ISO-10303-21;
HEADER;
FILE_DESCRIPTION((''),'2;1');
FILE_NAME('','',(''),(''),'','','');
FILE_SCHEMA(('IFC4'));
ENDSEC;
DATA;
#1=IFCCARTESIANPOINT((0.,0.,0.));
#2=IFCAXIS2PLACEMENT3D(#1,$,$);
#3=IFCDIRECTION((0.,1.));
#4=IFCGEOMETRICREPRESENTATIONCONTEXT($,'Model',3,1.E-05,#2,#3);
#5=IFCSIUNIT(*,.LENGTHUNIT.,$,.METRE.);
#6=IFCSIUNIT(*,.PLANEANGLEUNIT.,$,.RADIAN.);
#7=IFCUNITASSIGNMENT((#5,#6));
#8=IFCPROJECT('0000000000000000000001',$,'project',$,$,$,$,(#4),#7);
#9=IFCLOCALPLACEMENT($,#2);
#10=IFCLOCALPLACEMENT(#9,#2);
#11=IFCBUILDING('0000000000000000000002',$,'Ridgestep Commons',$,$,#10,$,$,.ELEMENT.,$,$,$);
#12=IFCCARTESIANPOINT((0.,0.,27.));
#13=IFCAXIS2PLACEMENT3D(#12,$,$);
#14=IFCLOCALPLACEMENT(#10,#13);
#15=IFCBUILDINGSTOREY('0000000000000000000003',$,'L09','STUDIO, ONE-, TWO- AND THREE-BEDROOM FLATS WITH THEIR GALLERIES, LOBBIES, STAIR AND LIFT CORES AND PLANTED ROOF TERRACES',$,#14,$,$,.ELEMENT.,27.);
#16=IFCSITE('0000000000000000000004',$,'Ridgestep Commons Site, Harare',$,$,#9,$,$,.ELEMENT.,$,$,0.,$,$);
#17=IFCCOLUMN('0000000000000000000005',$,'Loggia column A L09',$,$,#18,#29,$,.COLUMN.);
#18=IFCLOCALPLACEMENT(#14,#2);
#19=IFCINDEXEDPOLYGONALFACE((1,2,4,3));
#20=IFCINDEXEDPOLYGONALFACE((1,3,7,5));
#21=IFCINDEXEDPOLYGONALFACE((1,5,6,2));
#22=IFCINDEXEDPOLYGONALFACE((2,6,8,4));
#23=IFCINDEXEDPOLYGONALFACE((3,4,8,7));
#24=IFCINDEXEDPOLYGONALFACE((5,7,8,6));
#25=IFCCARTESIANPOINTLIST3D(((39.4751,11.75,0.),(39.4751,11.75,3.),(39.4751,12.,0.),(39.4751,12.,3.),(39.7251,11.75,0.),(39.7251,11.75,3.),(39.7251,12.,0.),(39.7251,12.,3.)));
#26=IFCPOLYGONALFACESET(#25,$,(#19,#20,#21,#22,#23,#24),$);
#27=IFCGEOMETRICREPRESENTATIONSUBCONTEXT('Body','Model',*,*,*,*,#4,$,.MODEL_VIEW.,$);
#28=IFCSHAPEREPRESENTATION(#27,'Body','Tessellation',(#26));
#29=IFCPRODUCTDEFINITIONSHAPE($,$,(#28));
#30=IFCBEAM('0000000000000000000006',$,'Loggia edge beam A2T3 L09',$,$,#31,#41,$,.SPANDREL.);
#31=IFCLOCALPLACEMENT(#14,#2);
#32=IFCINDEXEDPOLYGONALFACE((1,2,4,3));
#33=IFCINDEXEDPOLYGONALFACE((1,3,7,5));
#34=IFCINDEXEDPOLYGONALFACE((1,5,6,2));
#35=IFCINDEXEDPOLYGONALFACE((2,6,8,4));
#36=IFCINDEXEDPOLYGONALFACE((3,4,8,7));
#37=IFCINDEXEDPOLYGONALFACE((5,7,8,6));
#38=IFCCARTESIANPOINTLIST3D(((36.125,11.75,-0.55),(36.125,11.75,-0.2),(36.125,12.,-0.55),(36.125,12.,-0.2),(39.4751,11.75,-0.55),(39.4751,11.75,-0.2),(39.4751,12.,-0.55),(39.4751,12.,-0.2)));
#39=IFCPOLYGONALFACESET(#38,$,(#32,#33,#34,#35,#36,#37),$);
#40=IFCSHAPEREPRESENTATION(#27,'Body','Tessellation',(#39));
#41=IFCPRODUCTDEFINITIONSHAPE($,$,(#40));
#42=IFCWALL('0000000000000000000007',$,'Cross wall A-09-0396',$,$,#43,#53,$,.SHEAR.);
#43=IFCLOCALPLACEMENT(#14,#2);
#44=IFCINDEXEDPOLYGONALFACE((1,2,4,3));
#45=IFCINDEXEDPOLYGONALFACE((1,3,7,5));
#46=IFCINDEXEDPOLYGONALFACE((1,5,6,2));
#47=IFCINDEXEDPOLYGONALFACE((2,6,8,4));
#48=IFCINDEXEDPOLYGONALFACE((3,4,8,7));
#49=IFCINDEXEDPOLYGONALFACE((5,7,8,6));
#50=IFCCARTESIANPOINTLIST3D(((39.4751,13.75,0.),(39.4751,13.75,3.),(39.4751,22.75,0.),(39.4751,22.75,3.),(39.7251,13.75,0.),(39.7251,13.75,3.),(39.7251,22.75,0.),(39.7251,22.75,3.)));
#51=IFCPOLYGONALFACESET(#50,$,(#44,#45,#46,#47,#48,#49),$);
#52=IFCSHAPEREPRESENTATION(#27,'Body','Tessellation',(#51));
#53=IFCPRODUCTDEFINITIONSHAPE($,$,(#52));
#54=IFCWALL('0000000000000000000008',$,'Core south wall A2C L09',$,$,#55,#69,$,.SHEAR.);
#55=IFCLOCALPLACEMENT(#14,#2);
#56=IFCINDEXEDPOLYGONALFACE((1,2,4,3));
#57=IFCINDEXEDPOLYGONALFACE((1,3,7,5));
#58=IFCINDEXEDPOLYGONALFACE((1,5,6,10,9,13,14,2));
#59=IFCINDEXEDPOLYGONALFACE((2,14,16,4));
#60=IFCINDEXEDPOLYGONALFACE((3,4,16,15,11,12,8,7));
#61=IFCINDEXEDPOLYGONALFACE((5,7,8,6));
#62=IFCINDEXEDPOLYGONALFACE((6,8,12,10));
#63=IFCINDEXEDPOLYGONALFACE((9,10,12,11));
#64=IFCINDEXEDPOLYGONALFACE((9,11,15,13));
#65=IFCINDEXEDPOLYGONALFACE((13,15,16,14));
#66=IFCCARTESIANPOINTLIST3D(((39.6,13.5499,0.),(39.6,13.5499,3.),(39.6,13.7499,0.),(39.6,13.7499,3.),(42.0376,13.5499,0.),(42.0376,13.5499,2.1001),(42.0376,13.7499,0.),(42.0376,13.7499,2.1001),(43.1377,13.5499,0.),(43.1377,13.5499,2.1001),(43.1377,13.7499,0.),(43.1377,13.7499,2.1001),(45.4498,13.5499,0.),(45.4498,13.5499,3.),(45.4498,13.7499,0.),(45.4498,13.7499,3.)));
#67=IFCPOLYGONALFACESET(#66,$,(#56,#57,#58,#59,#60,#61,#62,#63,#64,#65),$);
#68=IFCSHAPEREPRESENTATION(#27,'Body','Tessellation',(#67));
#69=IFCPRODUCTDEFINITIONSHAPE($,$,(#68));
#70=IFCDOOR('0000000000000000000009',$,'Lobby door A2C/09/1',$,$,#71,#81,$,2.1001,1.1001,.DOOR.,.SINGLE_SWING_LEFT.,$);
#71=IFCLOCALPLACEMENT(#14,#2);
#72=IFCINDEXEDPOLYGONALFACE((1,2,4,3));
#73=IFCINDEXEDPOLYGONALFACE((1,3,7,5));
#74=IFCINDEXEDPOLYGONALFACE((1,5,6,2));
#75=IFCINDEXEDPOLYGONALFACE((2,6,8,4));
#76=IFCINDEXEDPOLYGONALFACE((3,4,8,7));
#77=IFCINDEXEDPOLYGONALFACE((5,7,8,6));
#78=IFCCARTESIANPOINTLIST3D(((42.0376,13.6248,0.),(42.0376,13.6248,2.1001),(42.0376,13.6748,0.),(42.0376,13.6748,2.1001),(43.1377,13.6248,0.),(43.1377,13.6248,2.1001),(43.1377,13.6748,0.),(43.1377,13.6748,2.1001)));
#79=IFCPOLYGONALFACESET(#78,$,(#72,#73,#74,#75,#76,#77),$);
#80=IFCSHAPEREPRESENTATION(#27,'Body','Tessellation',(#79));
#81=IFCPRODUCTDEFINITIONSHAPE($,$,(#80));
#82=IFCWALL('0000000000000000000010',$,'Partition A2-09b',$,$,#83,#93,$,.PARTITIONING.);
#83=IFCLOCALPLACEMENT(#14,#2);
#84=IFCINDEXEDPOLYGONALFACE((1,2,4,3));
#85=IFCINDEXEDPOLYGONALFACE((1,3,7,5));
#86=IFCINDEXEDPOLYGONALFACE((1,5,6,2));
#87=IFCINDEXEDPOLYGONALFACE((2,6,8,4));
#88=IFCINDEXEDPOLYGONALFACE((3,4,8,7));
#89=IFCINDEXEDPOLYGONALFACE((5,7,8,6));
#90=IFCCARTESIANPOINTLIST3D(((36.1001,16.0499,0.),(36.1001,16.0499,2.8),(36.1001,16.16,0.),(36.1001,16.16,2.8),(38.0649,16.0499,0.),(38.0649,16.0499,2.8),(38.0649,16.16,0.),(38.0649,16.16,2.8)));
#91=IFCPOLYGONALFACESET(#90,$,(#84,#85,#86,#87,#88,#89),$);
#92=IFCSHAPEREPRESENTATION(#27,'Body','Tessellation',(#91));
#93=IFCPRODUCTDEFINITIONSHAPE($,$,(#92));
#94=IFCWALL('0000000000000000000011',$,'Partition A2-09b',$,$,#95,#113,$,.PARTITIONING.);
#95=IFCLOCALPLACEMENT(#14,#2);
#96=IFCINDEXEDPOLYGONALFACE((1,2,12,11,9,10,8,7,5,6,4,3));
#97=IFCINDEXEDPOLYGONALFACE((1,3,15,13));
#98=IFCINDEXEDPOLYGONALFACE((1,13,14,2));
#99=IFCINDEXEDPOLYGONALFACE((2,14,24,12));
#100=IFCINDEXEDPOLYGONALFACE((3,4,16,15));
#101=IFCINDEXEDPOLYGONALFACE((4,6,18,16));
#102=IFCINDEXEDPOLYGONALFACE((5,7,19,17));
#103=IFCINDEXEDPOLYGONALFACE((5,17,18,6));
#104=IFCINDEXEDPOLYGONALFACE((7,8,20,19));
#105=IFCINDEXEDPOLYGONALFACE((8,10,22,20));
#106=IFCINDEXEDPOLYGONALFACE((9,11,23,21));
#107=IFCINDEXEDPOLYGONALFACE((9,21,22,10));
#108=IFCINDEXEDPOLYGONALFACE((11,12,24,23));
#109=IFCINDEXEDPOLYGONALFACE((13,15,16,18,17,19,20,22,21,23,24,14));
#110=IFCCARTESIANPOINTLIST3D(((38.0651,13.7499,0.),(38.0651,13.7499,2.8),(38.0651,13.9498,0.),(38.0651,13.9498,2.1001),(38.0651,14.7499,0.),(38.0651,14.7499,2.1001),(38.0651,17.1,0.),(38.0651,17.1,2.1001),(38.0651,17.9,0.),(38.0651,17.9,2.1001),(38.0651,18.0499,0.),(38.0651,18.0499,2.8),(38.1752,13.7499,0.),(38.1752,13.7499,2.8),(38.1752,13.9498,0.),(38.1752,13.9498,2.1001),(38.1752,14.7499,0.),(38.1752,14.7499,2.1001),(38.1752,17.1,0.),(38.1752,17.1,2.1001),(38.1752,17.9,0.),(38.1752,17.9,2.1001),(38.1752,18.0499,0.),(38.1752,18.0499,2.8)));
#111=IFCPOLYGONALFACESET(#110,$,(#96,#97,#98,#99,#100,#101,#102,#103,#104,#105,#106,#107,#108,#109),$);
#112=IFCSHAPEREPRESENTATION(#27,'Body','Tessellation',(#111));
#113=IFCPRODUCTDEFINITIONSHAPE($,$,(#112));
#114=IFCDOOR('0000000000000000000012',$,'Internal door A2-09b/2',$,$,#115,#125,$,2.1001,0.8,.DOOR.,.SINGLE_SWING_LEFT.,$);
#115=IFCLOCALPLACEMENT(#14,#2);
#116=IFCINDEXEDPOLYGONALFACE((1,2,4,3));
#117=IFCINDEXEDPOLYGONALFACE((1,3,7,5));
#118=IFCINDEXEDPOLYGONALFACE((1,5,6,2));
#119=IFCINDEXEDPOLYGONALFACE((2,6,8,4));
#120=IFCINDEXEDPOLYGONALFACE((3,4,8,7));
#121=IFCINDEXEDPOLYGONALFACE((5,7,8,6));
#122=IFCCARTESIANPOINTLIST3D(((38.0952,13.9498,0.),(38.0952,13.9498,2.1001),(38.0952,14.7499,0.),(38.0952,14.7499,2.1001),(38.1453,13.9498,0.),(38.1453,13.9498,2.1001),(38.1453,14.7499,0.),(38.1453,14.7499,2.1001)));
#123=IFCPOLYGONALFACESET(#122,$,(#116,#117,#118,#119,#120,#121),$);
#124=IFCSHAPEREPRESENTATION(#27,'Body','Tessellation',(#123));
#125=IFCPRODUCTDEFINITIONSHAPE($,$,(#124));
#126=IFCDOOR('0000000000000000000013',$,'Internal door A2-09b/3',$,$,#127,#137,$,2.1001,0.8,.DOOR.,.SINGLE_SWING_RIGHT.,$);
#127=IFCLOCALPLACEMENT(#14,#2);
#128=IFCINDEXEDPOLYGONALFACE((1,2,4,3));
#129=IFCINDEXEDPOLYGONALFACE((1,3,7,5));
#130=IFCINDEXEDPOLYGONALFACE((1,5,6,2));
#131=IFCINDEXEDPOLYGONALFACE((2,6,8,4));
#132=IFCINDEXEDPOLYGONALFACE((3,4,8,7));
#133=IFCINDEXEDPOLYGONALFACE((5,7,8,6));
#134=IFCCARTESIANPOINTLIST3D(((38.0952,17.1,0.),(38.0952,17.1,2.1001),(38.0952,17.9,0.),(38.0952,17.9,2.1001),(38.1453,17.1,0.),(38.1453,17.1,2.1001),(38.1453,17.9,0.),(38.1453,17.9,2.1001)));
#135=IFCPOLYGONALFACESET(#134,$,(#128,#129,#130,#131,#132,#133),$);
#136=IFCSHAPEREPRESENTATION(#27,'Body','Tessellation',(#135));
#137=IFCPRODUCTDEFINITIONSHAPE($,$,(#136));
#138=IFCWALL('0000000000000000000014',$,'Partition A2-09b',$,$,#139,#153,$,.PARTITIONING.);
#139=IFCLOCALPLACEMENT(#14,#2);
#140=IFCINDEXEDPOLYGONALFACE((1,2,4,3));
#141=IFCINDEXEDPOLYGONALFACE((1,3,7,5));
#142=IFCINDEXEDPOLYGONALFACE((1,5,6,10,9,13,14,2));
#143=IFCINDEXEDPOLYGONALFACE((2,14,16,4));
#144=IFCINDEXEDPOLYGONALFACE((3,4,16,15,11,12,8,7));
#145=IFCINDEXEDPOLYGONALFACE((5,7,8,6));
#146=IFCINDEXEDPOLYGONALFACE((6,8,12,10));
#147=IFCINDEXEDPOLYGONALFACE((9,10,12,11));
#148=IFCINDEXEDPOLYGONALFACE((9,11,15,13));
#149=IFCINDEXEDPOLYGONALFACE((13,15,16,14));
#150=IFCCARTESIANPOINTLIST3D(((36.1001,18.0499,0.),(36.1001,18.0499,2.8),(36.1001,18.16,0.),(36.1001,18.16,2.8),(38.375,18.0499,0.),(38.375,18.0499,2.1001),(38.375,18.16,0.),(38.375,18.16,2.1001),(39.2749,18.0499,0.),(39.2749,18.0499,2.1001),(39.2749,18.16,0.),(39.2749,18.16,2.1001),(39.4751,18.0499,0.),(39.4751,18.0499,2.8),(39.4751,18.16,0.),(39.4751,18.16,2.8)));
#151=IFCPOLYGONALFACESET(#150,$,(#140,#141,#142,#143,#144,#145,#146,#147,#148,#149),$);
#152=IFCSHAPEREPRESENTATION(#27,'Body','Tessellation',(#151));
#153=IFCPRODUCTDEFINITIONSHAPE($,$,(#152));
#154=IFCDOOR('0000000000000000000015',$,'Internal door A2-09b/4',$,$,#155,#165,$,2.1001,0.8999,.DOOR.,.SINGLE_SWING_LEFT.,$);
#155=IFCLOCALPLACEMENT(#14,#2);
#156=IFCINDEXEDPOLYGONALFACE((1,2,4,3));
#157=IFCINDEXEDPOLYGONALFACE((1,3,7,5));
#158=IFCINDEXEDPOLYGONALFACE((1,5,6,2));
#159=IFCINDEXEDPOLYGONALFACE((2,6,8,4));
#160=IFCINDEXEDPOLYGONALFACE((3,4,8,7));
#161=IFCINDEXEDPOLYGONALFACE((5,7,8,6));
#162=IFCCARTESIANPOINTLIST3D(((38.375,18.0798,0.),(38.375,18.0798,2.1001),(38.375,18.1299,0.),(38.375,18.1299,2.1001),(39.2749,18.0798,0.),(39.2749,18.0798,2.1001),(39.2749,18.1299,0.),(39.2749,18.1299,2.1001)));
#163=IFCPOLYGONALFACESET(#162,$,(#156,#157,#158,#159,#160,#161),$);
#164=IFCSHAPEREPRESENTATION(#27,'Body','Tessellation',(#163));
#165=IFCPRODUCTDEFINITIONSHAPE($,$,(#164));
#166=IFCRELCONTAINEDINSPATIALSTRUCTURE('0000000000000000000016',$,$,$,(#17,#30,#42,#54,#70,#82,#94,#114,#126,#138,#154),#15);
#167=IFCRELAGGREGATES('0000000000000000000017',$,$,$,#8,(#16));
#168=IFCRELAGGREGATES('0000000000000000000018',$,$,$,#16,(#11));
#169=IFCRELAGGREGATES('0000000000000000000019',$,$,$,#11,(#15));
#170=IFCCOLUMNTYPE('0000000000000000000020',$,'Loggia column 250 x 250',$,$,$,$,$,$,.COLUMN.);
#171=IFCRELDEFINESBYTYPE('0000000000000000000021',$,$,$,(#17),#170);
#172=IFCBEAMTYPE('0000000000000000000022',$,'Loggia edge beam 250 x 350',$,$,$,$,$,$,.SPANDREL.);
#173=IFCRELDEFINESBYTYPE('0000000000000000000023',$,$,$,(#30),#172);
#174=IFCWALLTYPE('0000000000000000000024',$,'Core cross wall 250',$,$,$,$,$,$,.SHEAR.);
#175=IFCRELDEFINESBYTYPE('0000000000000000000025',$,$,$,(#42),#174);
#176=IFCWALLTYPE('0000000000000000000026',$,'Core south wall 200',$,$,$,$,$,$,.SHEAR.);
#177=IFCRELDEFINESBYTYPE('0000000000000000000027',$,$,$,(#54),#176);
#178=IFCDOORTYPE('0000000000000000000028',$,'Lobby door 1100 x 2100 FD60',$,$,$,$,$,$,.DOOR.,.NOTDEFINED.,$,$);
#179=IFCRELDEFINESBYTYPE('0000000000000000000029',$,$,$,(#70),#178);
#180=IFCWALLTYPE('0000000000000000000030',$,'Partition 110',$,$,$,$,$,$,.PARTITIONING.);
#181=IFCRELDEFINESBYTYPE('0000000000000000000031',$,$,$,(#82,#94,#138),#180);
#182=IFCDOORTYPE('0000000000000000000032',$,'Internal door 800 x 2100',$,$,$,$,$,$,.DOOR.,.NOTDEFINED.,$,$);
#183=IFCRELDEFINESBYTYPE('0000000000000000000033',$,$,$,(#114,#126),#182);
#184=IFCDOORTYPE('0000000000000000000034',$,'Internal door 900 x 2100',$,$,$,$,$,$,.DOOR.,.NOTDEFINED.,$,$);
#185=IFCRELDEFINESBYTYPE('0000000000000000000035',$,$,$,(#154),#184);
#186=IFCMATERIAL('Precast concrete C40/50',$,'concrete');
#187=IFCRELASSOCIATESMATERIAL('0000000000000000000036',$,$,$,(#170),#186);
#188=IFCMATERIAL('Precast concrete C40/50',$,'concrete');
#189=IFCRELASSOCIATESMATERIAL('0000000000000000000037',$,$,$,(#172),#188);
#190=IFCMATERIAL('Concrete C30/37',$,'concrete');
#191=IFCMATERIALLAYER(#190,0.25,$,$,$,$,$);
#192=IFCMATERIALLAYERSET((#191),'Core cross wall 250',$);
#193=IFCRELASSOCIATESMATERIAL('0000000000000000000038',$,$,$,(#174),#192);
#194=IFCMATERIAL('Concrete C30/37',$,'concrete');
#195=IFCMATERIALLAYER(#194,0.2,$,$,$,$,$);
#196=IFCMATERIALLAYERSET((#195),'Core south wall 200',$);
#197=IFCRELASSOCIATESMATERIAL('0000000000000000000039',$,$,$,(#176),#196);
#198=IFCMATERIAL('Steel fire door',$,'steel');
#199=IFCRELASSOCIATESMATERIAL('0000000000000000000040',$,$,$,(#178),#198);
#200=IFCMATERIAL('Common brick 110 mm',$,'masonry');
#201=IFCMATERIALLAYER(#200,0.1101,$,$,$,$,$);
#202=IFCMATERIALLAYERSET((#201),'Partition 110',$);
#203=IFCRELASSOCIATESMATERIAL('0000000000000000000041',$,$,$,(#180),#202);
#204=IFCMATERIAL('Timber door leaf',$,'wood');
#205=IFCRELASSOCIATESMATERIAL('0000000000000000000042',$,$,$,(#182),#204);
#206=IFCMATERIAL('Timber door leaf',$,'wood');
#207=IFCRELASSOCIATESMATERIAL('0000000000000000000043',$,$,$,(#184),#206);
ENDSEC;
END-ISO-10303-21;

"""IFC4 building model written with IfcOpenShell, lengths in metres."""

from ifc_helpers import new_model, si_unit, direction, frame, frame_2d, origin, origin_2d, place, context, subcontext, project, spatial, rectangle, extrude, material, layer, layer_set, material_profile, profile_set, type_object, element, fill, save


model = new_model("IFC4")

# Units and contexts
model_context = context("Model", 3, precision=1e-05, world=origin(), true_north=direction((0.0, 1.0)))
body_context = subcontext(model_context, "Body", "Model", "MODEL_VIEW")
ifc_project = project(units=[si_unit("LENGTHUNIT", "METRE"), si_unit("PLANEANGLEUNIT", "RADIAN")], contexts=[model_context])

# Site, building, storey
site_placement = place(None, origin())
site = spatial("IfcSite", under=ifc_project, at=site_placement, Name="Ridgestep Commons Site, Harare", CompositionType="ELEMENT", RefElevation=0.0)
building_placement = place(site_placement, origin())
building = spatial("IfcBuilding", under=site, at=building_placement, Name="Ridgestep Commons", CompositionType="ELEMENT")
storey_placement = place(building_placement, frame((0.0, 0.0, 27.0)))
storey = spatial("IfcBuildingStorey", under=building, at=storey_placement, Name="L09", Description="STUDIO, ONE-, TWO- AND THREE-BEDROOM FLATS WITH THEIR GALLERIES, LOBBIES, STAIR AND LIFT CORES AND PLANTED ROOF TERRACES", CompositionType="ELEMENT", Elevation=27.0)

# Column
ifc_material_1 = material(Name="Precast concrete C40/50", Category="concrete")
ifc_material_profile_1 = material_profile(ifc_material_1, rectangle(XDim=0.25, YDim=0.25, at=origin_2d()), Name="PC 250x250")
ifc_profile_set_1 = profile_set([ifc_material_profile_1], Name="Precast concrete C40/50")
column_type = type_object("IfcColumnType", Name="Loggia column 250 x 250", PredefinedType="COLUMN", material=ifc_profile_set_1)
column_placement = place(storey_placement, frame((39.6001, 11.875, 0.0), z_axis=(0.0, 0.0, 1.0), x_axis=(1.0, 0.0, 0.0)))
element("IfcColumn", 1, at=column_placement, inside=storey, type_object=column_type, Name="Loggia column A L09", PredefinedType="COLUMN", context=body_context, shape_type="SweptSolid", body=[
    extrude(rectangle(XDim=0.25, YDim=0.25, at=origin_2d()), origin(), (0.0, 0.0, 1.0), 3.0),
])

# Beam
ifc_material_2 = material(Name="Precast concrete C40/50", Category="concrete")
ifc_material_profile_2 = material_profile(ifc_material_2, rectangle(XDim=0.25, YDim=0.3501, at=origin_2d()), Name="PC 250x350")
ifc_profile_set_2 = profile_set([ifc_material_profile_2], Name="Precast concrete C40/50")
beam_type = type_object("IfcBeamType", Name="Loggia edge beam 250 x 350", PredefinedType="SPANDREL", material=ifc_profile_set_2)
beam_placement = place(storey_placement, frame((36.125, 11.875, -0.375), z_axis=(1.0, 0.0, 0.0), x_axis=(0.0, 1.0, 0.0)))
element("IfcBeam", 2, at=beam_placement, inside=storey, type_object=beam_type, Name="Loggia edge beam A2T3 L09", PredefinedType="SPANDREL", context=body_context, shape_type="SweptSolid", body=[
    extrude(rectangle(XDim=0.25, YDim=0.3501, at=origin_2d()), origin(), (0.0, 0.0, 1.0), 3.3501),
])

# Wall
ifc_material_3 = material(Name="Concrete C30/37", Category="concrete")
ifc_layer_1 = layer(ifc_material_3, 0.25)
ifc_layer_set_1 = layer_set([ifc_layer_1], Name="Core cross wall 250")
wall_type_1 = type_object("IfcWallType", Name="Core cross wall 250", PredefinedType="SHEAR", material=ifc_layer_set_1)
wall_1_placement = place(storey_placement, frame((39.6001, 13.75, 0.0), z_axis=(0.0, 0.0, 1.0), x_axis=(0.0, 1.0, 0.0)))
element("IfcWall", 3, at=wall_1_placement, inside=storey, type_object=wall_type_1, Name="Cross wall A-09-0396", PredefinedType="SHEAR", context=body_context, shape_type="SweptSolid", body=[
    extrude(rectangle(XDim=9.0, YDim=0.25, at=frame_2d((4.5, 0.0))), origin(), (0.0, 0.0, 1.0), 3.0),
])

# Wall, opening, door
ifc_material_4 = material(Name="Concrete C30/37", Category="concrete")
ifc_layer_2 = layer(ifc_material_4, 0.2)
ifc_layer_set_2 = layer_set([ifc_layer_2], Name="Core south wall 200")
wall_type_2 = type_object("IfcWallType", Name="Core south wall 200", PredefinedType="SHEAR", material=ifc_layer_set_2)
wall_2_placement = place(storey_placement, frame((39.6001, 13.6499, 0.0), z_axis=(0.0, 0.0, 1.0), x_axis=(1.0, 0.0, 0.0)))
wall_2 = element("IfcWall", 4, at=wall_2_placement, inside=storey, type_object=wall_type_2, Name="Core south wall A2C L09", PredefinedType="SHEAR", context=body_context, shape_type="SweptSolid", body=[
    extrude(rectangle(XDim=5.8499, YDim=0.2, at=frame_2d((2.9248, 0.0))), origin(), (0.0, 0.0, 1.0), 3.0),
])
opening_1_placement = place(wall_2_placement, frame((2.4375, 0.0, 0.0)))
opening_1 = element("IfcOpeningElement", 5, at=opening_1_placement, cuts=wall_2, PredefinedType="OPENING", context=body_context, shape_type="SweptSolid", body=[
    extrude(rectangle(XDim=1.1001, YDim=2.1001, at=frame_2d((0.55, 1.05))), frame((0.0, 0.1099, 0.0), z_axis=(0.0, -1.0, 0.0), x_axis=(1.0, 0.0, 0.0)), (0.0, 0.0, 1.0), 0.22),
])
ifc_material_5 = material(Name="Steel fire door", Category="steel")
door_type_1 = type_object("IfcDoorType", Name="Lobby door 1100 x 2100 FD60", OperationType="NOTDEFINED", PredefinedType="DOOR", material=ifc_material_5)
door_1_placement = place(opening_1_placement, origin())
door_1 = element("IfcDoor", 6, at=door_1_placement, inside=storey, type_object=door_type_1, Name="Lobby door A2C/09/1", OperationType="SINGLE_SWING_LEFT", OverallHeight=2.1001, OverallWidth=1.1001, PredefinedType="DOOR", context=body_context, shape_type="SweptSolid", body=[
    extrude(rectangle(XDim=1.1001, YDim=2.1001, at=frame_2d((0.55, 1.05))), frame((0.0, 0.0249, 0.0), z_axis=(0.0, -1.0, 0.0), x_axis=(1.0, 0.0, 0.0)), (0.0, 0.0, 1.0), 0.05),
])
fill(opening_1, door_1)

# Wall
ifc_material_6 = material(Name="Common brick 110 mm", Category="masonry")
ifc_layer_3 = layer(ifc_material_6, 0.1101)
ifc_layer_set_3 = layer_set([ifc_layer_3], Name="Partition 110")
wall_type_3 = type_object("IfcWallType", Name="Partition 110", PredefinedType="PARTITIONING", material=ifc_layer_set_3)
wall_3_placement = place(storey_placement, frame((36.1001, 16.105, 0.0), z_axis=(0.0, 0.0, 1.0), x_axis=(1.0, 0.0, 0.0)))
element("IfcWall", 7, at=wall_3_placement, inside=storey, type_object=wall_type_3, Name="Partition A2-09b", PredefinedType="PARTITIONING", context=body_context, shape_type="SweptSolid", body=[
    extrude(rectangle(XDim=1.9648, YDim=0.1101, at=frame_2d((0.9824, 0.0))), origin(), (0.0, 0.0, 1.0), 2.8),
])

# Wall, openings, doors
wall_4_placement = place(storey_placement, frame((38.1201, 13.75, 0.0), z_axis=(0.0, 0.0, 1.0), x_axis=(0.0, 1.0, 0.0)))
wall_4 = element("IfcWall", 8, at=wall_4_placement, inside=storey, type_object=wall_type_3, Name="Partition A2-09b", PredefinedType="PARTITIONING", context=body_context, shape_type="SweptSolid", body=[
    extrude(rectangle(XDim=4.3, YDim=0.1101, at=frame_2d((2.1499, 0.0))), origin(), (0.0, 0.0, 1.0), 2.8),
])
opening_2_placement = place(wall_4_placement, frame((0.2, 0.0, 0.0)))
opening_2 = element("IfcOpeningElement", 9, at=opening_2_placement, cuts=wall_4, PredefinedType="OPENING", context=body_context, shape_type="SweptSolid", body=[
    extrude(rectangle(XDim=0.8, YDim=2.1001, at=frame_2d((0.3999, 1.05))), frame((0.0, 0.0649, 0.0), z_axis=(0.0, -1.0, 0.0), x_axis=(1.0, 0.0, 0.0)), (0.0, 0.0, 1.0), 0.1301),
])
opening_3_placement = place(wall_4_placement, frame((3.3501, 0.0, 0.0)))
opening_3 = element("IfcOpeningElement", 10, at=opening_3_placement, cuts=wall_4, PredefinedType="OPENING", context=body_context, shape_type="SweptSolid", body=[
    extrude(rectangle(XDim=0.8, YDim=2.1001, at=frame_2d((0.3999, 1.05))), frame((0.0, 0.0649, 0.0), z_axis=(0.0, -1.0, 0.0), x_axis=(1.0, 0.0, 0.0)), (0.0, 0.0, 1.0), 0.1301),
])
ifc_material_7 = material(Name="Timber door leaf", Category="wood")
door_type_2 = type_object("IfcDoorType", Name="Internal door 800 x 2100", OperationType="NOTDEFINED", PredefinedType="DOOR", material=ifc_material_7)
door_2_placement = place(opening_2_placement, origin())
door_2 = element("IfcDoor", 11, at=door_2_placement, inside=storey, type_object=door_type_2, Name="Internal door A2-09b/2", OperationType="SINGLE_SWING_LEFT", OverallHeight=2.1001, OverallWidth=0.8, PredefinedType="DOOR", context=body_context, shape_type="SweptSolid", body=[
    extrude(rectangle(XDim=0.8, YDim=2.1001, at=frame_2d((0.3999, 1.05))), frame((0.0, 0.0249, 0.0), z_axis=(0.0, -1.0, 0.0), x_axis=(1.0, 0.0, 0.0)), (0.0, 0.0, 1.0), 0.05),
])
fill(opening_2, door_2)
door_3_placement = place(opening_3_placement, origin())
door_3 = element("IfcDoor", 12, at=door_3_placement, inside=storey, type_object=door_type_2, Name="Internal door A2-09b/3", OperationType="SINGLE_SWING_RIGHT", OverallHeight=2.1001, OverallWidth=0.8, PredefinedType="DOOR", context=body_context, shape_type="SweptSolid", body=[
    extrude(rectangle(XDim=0.8, YDim=2.1001, at=frame_2d((0.3999, 1.05))), frame((0.0, 0.0249, 0.0), z_axis=(0.0, -1.0, 0.0), x_axis=(1.0, 0.0, 0.0)), (0.0, 0.0, 1.0), 0.05),
])
fill(opening_3, door_3)

# Wall, opening, door
wall_5_placement = place(storey_placement, frame((36.1001, 18.105, 0.0), z_axis=(0.0, 0.0, 1.0), x_axis=(1.0, 0.0, 0.0)))
wall_5 = element("IfcWall", 13, at=wall_5_placement, inside=storey, type_object=wall_type_3, Name="Partition A2-09b", PredefinedType="PARTITIONING", context=body_context, shape_type="SweptSolid", body=[
    extrude(rectangle(XDim=3.375, YDim=0.1101, at=frame_2d((1.6875, 0.0))), origin(), (0.0, 0.0, 1.0), 2.8),
])
opening_4_placement = place(wall_5_placement, frame((2.2749, 0.0, 0.0)))
opening_4 = element("IfcOpeningElement", 14, at=opening_4_placement, cuts=wall_5, PredefinedType="OPENING", context=body_context, shape_type="SweptSolid", body=[
    extrude(rectangle(XDim=0.8999, YDim=2.1001, at=frame_2d((0.45, 1.05))), frame((0.0, 0.0649, 0.0), z_axis=(0.0, -1.0, 0.0), x_axis=(1.0, 0.0, 0.0)), (0.0, 0.0, 1.0), 0.1301),
])
ifc_material_8 = material(Name="Timber door leaf", Category="wood")
door_type_3 = type_object("IfcDoorType", Name="Internal door 900 x 2100", OperationType="NOTDEFINED", PredefinedType="DOOR", material=ifc_material_8)
door_4_placement = place(opening_4_placement, origin())
door_4 = element("IfcDoor", 15, at=door_4_placement, inside=storey, type_object=door_type_3, Name="Internal door A2-09b/4", OperationType="SINGLE_SWING_LEFT", OverallHeight=2.1001, OverallWidth=0.8999, PredefinedType="DOOR", context=body_context, shape_type="SweptSolid", body=[
    extrude(rectangle(XDim=0.8999, YDim=2.1001, at=frame_2d((0.45, 1.05))), frame((0.0, 0.0249, 0.0), z_axis=(0.0, -1.0, 0.0), x_axis=(1.0, 0.0, 0.0)), (0.0, 0.0, 1.0), 0.05),
])
fill(opening_4, door_4)

save(model, "model.ifc")
